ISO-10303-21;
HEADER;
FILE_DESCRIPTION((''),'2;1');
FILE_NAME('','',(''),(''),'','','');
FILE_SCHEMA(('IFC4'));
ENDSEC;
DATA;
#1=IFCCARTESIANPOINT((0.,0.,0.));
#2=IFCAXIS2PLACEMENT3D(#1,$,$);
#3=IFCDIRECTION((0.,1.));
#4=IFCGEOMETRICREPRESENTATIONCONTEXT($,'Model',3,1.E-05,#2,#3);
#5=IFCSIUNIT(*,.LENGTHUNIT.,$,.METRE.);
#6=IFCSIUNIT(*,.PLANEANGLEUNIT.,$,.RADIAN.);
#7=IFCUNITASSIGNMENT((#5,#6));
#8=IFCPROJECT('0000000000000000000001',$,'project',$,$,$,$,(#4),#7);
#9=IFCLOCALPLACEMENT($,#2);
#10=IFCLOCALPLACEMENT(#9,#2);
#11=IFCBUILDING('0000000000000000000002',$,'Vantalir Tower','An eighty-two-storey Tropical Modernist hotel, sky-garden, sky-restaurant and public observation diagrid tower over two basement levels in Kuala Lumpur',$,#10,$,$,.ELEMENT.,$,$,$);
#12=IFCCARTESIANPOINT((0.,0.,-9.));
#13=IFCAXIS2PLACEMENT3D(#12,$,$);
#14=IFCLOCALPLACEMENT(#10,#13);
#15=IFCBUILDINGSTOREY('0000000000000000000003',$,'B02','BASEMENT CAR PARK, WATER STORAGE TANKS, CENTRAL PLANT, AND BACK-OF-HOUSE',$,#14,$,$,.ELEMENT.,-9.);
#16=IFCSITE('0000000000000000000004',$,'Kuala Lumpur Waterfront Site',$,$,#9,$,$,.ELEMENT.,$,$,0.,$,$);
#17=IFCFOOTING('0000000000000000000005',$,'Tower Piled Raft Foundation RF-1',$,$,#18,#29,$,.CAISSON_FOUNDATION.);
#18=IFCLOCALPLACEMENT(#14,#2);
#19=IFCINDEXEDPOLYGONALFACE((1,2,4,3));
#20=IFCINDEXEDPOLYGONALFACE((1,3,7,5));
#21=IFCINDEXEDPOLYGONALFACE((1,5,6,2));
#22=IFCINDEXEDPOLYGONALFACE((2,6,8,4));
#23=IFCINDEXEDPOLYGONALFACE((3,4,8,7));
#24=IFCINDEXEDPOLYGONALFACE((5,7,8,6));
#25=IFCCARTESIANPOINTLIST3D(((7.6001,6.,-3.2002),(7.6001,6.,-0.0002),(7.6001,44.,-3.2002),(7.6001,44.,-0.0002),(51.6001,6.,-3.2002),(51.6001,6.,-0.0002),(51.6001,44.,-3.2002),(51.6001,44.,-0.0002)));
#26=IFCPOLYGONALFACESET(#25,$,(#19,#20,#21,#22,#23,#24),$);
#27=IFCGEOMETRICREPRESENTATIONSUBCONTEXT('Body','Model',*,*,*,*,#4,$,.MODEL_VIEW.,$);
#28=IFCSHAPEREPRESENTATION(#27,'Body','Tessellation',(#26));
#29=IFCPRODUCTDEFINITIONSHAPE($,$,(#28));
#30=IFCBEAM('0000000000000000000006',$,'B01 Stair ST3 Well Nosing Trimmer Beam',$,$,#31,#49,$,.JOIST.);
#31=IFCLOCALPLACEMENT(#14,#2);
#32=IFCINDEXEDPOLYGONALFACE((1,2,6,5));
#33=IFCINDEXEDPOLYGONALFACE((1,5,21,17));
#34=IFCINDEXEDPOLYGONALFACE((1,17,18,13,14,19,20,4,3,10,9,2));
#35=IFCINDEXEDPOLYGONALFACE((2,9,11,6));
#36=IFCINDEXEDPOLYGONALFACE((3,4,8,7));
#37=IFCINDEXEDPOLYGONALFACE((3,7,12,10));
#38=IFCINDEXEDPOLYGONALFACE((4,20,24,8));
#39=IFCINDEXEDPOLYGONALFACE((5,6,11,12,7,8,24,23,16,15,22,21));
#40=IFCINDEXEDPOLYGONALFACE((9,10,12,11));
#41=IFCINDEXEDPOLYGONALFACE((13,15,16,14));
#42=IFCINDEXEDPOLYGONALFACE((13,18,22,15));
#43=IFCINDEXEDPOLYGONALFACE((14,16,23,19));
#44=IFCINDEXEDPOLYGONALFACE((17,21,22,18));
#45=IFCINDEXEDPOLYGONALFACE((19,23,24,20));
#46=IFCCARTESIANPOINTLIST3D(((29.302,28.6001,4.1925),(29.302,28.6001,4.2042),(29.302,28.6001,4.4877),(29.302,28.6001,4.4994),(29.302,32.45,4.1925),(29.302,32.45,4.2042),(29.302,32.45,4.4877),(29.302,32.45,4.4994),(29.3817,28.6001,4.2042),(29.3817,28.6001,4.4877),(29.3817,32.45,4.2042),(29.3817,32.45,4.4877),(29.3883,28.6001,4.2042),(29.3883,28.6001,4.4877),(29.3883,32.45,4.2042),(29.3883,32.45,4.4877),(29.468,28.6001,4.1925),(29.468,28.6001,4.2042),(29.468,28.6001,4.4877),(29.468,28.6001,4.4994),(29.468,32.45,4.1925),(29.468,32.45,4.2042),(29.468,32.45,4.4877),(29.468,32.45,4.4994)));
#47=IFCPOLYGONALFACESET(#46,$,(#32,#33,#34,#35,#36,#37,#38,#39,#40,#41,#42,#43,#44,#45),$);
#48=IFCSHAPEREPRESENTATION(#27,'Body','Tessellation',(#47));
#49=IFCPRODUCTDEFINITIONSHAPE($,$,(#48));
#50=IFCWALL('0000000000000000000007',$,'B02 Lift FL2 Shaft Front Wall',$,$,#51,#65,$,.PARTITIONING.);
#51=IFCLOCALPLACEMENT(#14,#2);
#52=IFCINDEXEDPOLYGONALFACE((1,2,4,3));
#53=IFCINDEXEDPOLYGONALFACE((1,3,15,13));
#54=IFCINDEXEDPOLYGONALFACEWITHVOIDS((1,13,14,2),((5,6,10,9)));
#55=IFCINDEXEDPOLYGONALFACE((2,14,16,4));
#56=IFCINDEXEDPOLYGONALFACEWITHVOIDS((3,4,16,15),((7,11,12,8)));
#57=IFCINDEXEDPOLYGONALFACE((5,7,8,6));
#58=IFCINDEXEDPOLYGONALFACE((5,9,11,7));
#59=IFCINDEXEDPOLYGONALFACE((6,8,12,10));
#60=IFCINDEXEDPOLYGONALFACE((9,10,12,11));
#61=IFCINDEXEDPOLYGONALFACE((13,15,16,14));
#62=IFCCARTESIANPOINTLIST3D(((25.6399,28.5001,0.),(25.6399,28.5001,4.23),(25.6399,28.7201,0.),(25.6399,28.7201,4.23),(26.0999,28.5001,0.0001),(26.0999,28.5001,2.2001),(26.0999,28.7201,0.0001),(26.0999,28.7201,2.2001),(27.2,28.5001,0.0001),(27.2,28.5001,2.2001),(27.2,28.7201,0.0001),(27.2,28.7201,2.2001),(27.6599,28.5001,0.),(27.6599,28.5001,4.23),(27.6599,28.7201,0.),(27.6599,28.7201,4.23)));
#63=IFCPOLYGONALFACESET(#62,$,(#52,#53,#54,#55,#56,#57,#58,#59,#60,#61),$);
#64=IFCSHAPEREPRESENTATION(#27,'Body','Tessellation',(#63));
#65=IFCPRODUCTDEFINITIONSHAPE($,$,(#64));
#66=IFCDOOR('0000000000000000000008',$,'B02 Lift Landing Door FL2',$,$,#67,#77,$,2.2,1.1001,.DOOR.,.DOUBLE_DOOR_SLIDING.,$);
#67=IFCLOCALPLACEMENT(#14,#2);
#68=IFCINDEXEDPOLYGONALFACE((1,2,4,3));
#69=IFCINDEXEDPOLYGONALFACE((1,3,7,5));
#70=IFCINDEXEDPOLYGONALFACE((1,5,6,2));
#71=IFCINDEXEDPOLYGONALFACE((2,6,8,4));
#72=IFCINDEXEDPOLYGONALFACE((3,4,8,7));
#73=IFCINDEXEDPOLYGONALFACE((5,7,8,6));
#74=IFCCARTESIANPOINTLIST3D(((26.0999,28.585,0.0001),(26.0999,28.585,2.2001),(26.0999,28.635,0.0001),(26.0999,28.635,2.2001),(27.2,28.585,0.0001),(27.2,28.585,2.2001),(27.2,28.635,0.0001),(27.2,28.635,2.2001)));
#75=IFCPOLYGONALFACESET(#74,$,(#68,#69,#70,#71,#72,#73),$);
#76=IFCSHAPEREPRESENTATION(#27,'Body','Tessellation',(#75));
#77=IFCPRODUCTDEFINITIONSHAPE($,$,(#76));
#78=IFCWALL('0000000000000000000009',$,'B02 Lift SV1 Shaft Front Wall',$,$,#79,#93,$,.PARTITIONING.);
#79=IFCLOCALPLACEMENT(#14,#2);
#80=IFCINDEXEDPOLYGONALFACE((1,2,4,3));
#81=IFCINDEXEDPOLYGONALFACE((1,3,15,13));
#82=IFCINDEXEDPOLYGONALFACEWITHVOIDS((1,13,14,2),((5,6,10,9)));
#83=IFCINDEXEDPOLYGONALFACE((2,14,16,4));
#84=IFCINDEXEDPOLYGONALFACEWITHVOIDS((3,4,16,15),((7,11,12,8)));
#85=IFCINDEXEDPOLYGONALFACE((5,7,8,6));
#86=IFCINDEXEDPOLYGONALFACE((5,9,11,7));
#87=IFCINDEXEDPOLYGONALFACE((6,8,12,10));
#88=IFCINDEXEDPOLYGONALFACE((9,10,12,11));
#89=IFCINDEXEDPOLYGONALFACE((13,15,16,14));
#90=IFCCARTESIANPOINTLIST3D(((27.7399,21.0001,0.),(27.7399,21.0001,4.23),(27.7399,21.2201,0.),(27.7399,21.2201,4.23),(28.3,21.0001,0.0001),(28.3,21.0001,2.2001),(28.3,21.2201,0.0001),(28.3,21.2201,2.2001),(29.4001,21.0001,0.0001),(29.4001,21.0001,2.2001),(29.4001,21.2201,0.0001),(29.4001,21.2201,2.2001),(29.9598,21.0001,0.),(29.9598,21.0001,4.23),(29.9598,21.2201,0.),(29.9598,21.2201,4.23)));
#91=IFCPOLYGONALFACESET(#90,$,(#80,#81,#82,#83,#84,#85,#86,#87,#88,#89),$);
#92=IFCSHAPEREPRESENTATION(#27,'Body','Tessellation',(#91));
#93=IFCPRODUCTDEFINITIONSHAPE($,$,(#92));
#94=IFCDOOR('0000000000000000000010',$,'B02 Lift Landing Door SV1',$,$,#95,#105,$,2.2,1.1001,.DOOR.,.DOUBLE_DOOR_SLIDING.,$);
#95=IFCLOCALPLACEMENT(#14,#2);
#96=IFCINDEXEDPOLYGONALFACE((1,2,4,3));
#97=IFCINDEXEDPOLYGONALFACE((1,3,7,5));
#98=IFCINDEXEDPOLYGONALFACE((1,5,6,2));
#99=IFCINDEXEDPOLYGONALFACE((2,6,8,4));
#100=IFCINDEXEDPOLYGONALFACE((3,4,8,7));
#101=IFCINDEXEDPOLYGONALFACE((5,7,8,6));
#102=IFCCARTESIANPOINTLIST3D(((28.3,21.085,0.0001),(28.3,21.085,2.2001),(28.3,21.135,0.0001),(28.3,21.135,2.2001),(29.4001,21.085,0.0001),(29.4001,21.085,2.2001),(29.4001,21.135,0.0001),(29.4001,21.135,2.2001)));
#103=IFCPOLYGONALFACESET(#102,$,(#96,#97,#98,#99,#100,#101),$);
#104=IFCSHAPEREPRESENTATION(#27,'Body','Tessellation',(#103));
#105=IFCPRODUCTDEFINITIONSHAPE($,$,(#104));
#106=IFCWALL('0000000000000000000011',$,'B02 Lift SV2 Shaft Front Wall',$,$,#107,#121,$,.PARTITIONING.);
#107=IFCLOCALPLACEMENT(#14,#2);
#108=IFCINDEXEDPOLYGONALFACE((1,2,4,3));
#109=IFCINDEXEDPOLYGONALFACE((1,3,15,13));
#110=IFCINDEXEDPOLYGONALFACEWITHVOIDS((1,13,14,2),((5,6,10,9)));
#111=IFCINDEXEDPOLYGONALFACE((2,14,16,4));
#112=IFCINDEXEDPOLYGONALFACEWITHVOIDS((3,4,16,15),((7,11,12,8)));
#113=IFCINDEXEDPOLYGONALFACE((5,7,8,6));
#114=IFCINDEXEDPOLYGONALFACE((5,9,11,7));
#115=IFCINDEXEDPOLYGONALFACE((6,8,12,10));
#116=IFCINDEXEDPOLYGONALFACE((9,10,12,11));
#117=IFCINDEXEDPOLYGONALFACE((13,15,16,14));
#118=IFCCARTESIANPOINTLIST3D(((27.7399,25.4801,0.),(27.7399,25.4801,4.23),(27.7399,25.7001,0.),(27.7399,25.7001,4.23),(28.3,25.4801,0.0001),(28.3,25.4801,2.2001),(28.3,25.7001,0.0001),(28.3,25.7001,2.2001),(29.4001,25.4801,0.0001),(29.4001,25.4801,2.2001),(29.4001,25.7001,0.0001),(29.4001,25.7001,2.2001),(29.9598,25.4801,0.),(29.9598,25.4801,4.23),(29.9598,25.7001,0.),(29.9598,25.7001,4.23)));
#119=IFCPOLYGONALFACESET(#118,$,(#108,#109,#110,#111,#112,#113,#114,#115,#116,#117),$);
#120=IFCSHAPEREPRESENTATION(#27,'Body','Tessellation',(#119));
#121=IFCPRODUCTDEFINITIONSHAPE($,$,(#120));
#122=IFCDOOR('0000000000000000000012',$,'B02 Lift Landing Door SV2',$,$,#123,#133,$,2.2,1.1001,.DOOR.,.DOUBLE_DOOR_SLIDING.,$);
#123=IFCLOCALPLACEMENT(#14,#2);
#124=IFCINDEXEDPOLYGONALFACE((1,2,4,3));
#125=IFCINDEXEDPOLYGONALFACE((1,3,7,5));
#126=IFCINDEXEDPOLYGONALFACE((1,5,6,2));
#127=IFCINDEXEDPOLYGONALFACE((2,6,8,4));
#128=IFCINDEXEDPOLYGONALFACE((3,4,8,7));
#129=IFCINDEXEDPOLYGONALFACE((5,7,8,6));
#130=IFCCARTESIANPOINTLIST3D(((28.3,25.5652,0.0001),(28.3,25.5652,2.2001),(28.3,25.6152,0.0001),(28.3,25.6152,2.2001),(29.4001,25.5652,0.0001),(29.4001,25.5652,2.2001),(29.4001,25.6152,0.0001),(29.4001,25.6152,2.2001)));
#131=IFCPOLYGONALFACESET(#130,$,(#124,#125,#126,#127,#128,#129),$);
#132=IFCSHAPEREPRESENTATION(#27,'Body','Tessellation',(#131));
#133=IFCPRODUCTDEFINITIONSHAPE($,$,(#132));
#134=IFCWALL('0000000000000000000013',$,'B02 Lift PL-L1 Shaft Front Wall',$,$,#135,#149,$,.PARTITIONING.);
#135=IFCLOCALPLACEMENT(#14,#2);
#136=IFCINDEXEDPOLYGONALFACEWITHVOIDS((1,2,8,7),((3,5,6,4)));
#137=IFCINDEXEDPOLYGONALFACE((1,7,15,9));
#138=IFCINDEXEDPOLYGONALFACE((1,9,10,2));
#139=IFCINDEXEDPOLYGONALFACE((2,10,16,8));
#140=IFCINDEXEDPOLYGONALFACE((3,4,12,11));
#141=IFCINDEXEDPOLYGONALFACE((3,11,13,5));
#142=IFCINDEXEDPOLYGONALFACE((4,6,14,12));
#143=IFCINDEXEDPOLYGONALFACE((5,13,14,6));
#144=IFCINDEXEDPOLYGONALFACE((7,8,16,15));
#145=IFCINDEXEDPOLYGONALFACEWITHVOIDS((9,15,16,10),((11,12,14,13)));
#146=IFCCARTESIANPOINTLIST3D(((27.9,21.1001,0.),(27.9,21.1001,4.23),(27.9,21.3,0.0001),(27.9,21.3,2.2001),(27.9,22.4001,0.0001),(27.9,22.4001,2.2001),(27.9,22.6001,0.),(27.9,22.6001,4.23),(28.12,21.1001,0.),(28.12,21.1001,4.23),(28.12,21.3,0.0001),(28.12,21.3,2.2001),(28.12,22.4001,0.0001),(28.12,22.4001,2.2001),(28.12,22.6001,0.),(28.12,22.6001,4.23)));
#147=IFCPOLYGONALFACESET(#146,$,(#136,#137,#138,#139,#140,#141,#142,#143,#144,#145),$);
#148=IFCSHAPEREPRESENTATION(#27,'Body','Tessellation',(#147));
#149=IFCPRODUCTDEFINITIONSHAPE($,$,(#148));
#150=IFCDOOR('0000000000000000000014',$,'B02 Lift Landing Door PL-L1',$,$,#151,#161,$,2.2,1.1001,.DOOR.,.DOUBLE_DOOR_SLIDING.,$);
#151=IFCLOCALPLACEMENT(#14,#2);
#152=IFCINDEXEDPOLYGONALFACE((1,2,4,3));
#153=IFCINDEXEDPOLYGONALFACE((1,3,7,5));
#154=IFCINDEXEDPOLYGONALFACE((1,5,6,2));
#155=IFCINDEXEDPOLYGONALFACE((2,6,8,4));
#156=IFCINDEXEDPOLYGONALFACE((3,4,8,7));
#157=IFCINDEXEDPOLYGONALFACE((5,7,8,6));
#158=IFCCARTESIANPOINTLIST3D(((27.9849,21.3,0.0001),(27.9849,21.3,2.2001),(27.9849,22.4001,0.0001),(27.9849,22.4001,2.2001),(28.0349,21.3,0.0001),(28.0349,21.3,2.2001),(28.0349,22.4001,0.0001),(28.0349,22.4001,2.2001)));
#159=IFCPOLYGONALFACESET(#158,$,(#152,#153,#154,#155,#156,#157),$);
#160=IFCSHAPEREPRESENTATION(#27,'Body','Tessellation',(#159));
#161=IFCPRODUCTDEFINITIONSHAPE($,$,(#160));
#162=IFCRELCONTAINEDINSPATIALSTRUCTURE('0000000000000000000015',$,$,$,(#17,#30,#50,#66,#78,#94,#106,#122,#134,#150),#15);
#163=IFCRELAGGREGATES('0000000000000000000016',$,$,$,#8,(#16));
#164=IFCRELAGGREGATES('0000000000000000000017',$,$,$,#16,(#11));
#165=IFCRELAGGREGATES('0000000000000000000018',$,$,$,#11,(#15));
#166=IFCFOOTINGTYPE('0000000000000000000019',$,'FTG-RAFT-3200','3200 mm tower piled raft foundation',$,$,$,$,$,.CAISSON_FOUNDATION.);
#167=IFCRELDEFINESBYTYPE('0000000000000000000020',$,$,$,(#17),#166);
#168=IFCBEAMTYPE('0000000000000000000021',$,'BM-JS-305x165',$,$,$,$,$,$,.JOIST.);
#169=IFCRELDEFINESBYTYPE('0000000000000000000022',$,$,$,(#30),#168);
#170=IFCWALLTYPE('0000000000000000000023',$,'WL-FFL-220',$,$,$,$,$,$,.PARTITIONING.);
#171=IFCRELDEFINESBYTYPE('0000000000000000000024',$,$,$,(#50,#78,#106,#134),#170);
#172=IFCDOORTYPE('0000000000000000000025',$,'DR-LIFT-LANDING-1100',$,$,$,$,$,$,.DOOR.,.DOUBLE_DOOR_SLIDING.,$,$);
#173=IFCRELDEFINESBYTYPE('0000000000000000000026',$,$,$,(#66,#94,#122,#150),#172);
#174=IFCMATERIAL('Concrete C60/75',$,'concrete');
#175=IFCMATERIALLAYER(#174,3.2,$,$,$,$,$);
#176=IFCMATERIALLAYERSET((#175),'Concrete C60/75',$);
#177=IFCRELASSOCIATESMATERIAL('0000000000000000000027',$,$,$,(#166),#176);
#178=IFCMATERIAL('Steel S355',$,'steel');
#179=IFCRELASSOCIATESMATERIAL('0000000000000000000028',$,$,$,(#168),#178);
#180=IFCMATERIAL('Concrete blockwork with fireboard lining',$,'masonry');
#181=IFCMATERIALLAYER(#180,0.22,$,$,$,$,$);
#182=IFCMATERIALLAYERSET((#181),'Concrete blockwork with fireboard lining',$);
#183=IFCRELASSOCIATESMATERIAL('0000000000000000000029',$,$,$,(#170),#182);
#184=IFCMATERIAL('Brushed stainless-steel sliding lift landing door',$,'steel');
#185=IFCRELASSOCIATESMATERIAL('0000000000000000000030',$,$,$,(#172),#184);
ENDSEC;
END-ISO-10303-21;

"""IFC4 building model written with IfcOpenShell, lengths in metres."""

from ifc_helpers import new_model, si_unit, direction, frame, frame_2d, origin, origin_2d, place, context, subcontext, project, spatial, rectangle, i_section, extrude, material, layer, layer_set, material_profile, profile_set, type_object, element, fill, save


model = new_model("IFC4")

# Units and contexts
model_context = context("Model", 3, precision=1e-05, world=origin(), true_north=direction((0.0, 1.0)))
body_context = subcontext(model_context, "Body", "Model", "MODEL_VIEW")
ifc_project = project(units=[si_unit("LENGTHUNIT", "METRE"), si_unit("PLANEANGLEUNIT", "RADIAN")], contexts=[model_context])

# Site, building, storey
site_placement = place(None, origin())
site = spatial("IfcSite", under=ifc_project, at=site_placement, Name="Kuala Lumpur Waterfront Site", CompositionType="ELEMENT", RefElevation=0.0)
building_placement = place(site_placement, origin())
building = spatial("IfcBuilding", under=site, at=building_placement, Name="Vantalir Tower", Description="An eighty-two-storey Tropical Modernist hotel, sky-garden, sky-restaurant and public observation diagrid tower over two basement levels in Kuala Lumpur", CompositionType="ELEMENT")
storey_placement = place(building_placement, frame((0.0, 0.0, -9.0)))
storey = spatial("IfcBuildingStorey", under=building, at=storey_placement, Name="B02", Description="BASEMENT CAR PARK, WATER STORAGE TANKS, CENTRAL PLANT, AND BACK-OF-HOUSE", CompositionType="ELEMENT", Elevation=-9.0)

# Footing
ifc_material_1 = material(Name="Concrete C60/75", Category="concrete")
ifc_layer_1 = layer(ifc_material_1, 3.2)
ifc_layer_set_1 = layer_set([ifc_layer_1], Name="Concrete C60/75")
footing_type = type_object("IfcFootingType", Name="FTG-RAFT-3200", Description="3200 mm tower piled raft foundation", PredefinedType="CAISSON_FOUNDATION", material=ifc_layer_set_1)
footing_placement = place(storey_placement, frame((29.6001, 25.0, -3.2002), z_axis=(0.0, 0.0, 1.0), x_axis=(1.0, 0.0, 0.0)))
element("IfcFooting", 1, at=footing_placement, inside=storey, type_object=footing_type, Name="Tower Piled Raft Foundation RF-1", PredefinedType="CAISSON_FOUNDATION", context=body_context, shape_type="SweptSolid", body=[
    extrude(rectangle(XDim=44.0, YDim=38.0, at=origin_2d()), origin(), (0.0, 0.0, 1.0), 3.2),
])

# Beam
ifc_material_2 = material(Name="Steel S355", Category="steel")
ifc_material_profile = material_profile(ifc_material_2, i_section(OverallWidth=0.166, OverallDepth=0.3069, WebThickness=0.0066, FlangeThickness=0.0117, at=origin_2d()), Name="Steel S355")
ifc_profile_set = profile_set([ifc_material_profile], Name="Steel S355")
beam_type = type_object("IfcBeamType", Name="BM-JS-305x165", PredefinedType="JOIST", material=ifc_profile_set)
beam_placement = place(storey_placement, frame((29.385, 28.6001, 4.3459), z_axis=(0.0, 1.0, 0.0), x_axis=(-1.0, 0.0, 0.0)))
element("IfcBeam", 2, at=beam_placement, inside=storey, type_object=beam_type, Name="B01 Stair ST3 Well Nosing Trimmer Beam", PredefinedType="JOIST", context=body_context, shape_type="SweptSolid", body=[
    extrude(i_section(OverallWidth=0.166, OverallDepth=0.3069, WebThickness=0.0066, FlangeThickness=0.0117, at=origin_2d()), origin(), (0.0, 0.0, 1.0), 3.8499),
])

# Walls, openings, doors
ifc_material_3 = material(Name="Concrete blockwork with fireboard lining", Category="masonry")
ifc_layer_2 = layer(ifc_material_3, 0.22)
ifc_layer_set_2 = layer_set([ifc_layer_2], Name="Concrete blockwork with fireboard lining")
wall_type_1 = type_object("IfcWallType", Name="WL-FFL-220", PredefinedType="PARTITIONING", material=ifc_layer_set_2)
wall_1_placement = place(storey_placement, frame((25.6399, 28.6101, 0.0), z_axis=(0.0, 0.0, 1.0), x_axis=(1.0, 0.0, 0.0)))
wall_1 = element("IfcWall", 3, at=wall_1_placement, inside=storey, type_object=wall_type_1, Name="B02 Lift FL2 Shaft Front Wall", PredefinedType="PARTITIONING", context=body_context, shape_type="SweptSolid", body=[
    extrude(rectangle(XDim=2.02, YDim=0.22, at=frame_2d((1.01, 0.0))), origin(), (0.0, 0.0, 1.0), 4.23),
])
opening_1_placement = place(wall_1_placement, frame((0.46, 0.0, 0.0)))
opening_1 = element("IfcOpeningElement", 4, at=opening_1_placement, cuts=wall_1, PredefinedType="OPENING", context=body_context, shape_type="SweptSolid", body=[
    extrude(rectangle(XDim=1.1001, YDim=2.2, at=frame_2d((0.55, 1.1001))), frame((0.0, 0.1199, 0.0), z_axis=(0.0, -1.0, 0.0), x_axis=(1.0, 0.0, 0.0)), (0.0, 0.0, 1.0), 0.24),
])
ifc_material_4 = material(Name="Brushed stainless-steel sliding lift landing door", Category="steel")
door_type_1 = type_object("IfcDoorType", Name="DR-LIFT-LANDING-1100", OperationType="DOUBLE_DOOR_SLIDING", PredefinedType="DOOR", material=ifc_material_4)
door_1_placement = place(opening_1_placement, origin())
door_1 = element("IfcDoor", 5, at=door_1_placement, inside=storey, type_object=door_type_1, Name="B02 Lift Landing Door FL2", OperationType="DOUBLE_DOOR_SLIDING", OverallHeight=2.2, OverallWidth=1.1001, PredefinedType="DOOR", context=body_context, shape_type="SweptSolid", body=[
    extrude(rectangle(XDim=1.1001, YDim=2.2, at=frame_2d((0.55, 1.1001))), frame((0.0, 0.0249, 0.0), z_axis=(0.0, -1.0, 0.0), x_axis=(1.0, 0.0, 0.0)), (0.0, 0.0, 1.0), 0.05),
])
fill(opening_1, door_1)
wall_2_placement = place(storey_placement, frame((27.74, 21.1101, 0.0), z_axis=(0.0, 0.0, 1.0), x_axis=(1.0, 0.0, 0.0)))
wall_2 = element("IfcWall", 6, at=wall_2_placement, inside=storey, type_object=wall_type_1, Name="B02 Lift SV1 Shaft Front Wall", PredefinedType="PARTITIONING", context=body_context, shape_type="SweptSolid", body=[
    extrude(rectangle(XDim=2.22, YDim=0.22, at=frame_2d((1.1099, 0.0))), origin(), (0.0, 0.0, 1.0), 4.23),
])
opening_2_placement = place(wall_2_placement, frame((0.5601, 0.0, 0.0)))
opening_2 = element("IfcOpeningElement", 7, at=opening_2_placement, cuts=wall_2, PredefinedType="OPENING", context=body_context, shape_type="SweptSolid", body=[
    extrude(rectangle(XDim=1.1001, YDim=2.2, at=frame_2d((0.55, 1.1001))), frame((0.0, 0.1199, 0.0), z_axis=(0.0, -1.0, 0.0), x_axis=(1.0, 0.0, 0.0)), (0.0, 0.0, 1.0), 0.24),
])
door_2_placement = place(opening_2_placement, origin())
door_2 = element("IfcDoor", 8, at=door_2_placement, inside=storey, type_object=door_type_1, Name="B02 Lift Landing Door SV1", OperationType="DOUBLE_DOOR_SLIDING", OverallHeight=2.2, OverallWidth=1.1001, PredefinedType="DOOR", context=body_context, shape_type="SweptSolid", body=[
    extrude(rectangle(XDim=1.1001, YDim=2.2, at=frame_2d((0.55, 1.1001))), frame((0.0, 0.0249, 0.0), z_axis=(0.0, -1.0, 0.0), x_axis=(1.0, 0.0, 0.0)), (0.0, 0.0, 1.0), 0.05),
])
fill(opening_2, door_2)
wall_3_placement = place(storey_placement, frame((27.74, 25.5901, 0.0), z_axis=(0.0, 0.0, 1.0), x_axis=(1.0, 0.0, 0.0)))
wall_3 = element("IfcWall", 9, at=wall_3_placement, inside=storey, type_object=wall_type_1, Name="B02 Lift SV2 Shaft Front Wall", PredefinedType="PARTITIONING", context=body_context, shape_type="SweptSolid", body=[
    extrude(rectangle(XDim=2.22, YDim=0.22, at=frame_2d((1.1099, 0.0))), origin(), (0.0, 0.0, 1.0), 4.23),
])
opening_3_placement = place(wall_3_placement, frame((0.5601, 0.0, 0.0)))
opening_3 = element("IfcOpeningElement", 10, at=opening_3_placement, cuts=wall_3, PredefinedType="OPENING", context=body_context, shape_type="SweptSolid", body=[
    extrude(rectangle(XDim=1.1001, YDim=2.2, at=frame_2d((0.55, 1.1001))), frame((0.0, 0.1199, 0.0), z_axis=(0.0, -1.0, 0.0), x_axis=(1.0, 0.0, 0.0)), (0.0, 0.0, 1.0), 0.24),
])
door_3_placement = place(opening_3_placement, frame((1.1001, 0.0, 0.0), z_axis=(0.0, 0.0, 1.0), x_axis=(-1.0, 0.0, 0.0)))
door_3 = element("IfcDoor", 11, at=door_3_placement, inside=storey, type_object=door_type_1, Name="B02 Lift Landing Door SV2", OperationType="DOUBLE_DOOR_SLIDING", OverallHeight=2.2, OverallWidth=1.1001, PredefinedType="DOOR", context=body_context, shape_type="SweptSolid", body=[
    extrude(rectangle(XDim=1.1001, YDim=2.2, at=frame_2d((0.55, 1.1001))), frame((0.0, 0.0249, 0.0), z_axis=(0.0, -1.0, 0.0), x_axis=(1.0, 0.0, 0.0)), (0.0, 0.0, 1.0), 0.05),
])
fill(opening_3, door_3)
wall_4_placement = place(storey_placement, frame((28.01, 21.1001, 0.0), z_axis=(0.0, 0.0, 1.0), x_axis=(0.0, 1.0, 0.0)))
wall_4 = element("IfcWall", 12, at=wall_4_placement, inside=storey, type_object=wall_type_1, Name="B02 Lift PL-L1 Shaft Front Wall", PredefinedType="PARTITIONING", context=body_context, shape_type="SweptSolid", body=[
    extrude(rectangle(XDim=1.5, YDim=0.22, at=frame_2d((0.75, 0.0))), origin(), (0.0, 0.0, 1.0), 4.23),
])
opening_4_placement = place(wall_4_placement, frame((0.2, 0.0, 0.0)))
opening_4 = element("IfcOpeningElement", 13, at=opening_4_placement, cuts=wall_4, PredefinedType="OPENING", context=body_context, shape_type="SweptSolid", body=[
    extrude(rectangle(XDim=1.1001, YDim=2.2, at=frame_2d((0.55, 1.1001))), frame((0.0, 0.1199, 0.0), z_axis=(0.0, -1.0, 0.0), x_axis=(1.0, 0.0, 0.0)), (0.0, 0.0, 1.0), 0.24),
])
door_4_placement = place(opening_4_placement, frame((1.1001, 0.0, 0.0), z_axis=(0.0, 0.0, 1.0), x_axis=(-1.0, 0.0, 0.0)))
door_4 = element("IfcDoor", 14, at=door_4_placement, inside=storey, type_object=door_type_1, Name="B02 Lift Landing Door PL-L1", OperationType="DOUBLE_DOOR_SLIDING", OverallHeight=2.2, OverallWidth=1.1001, PredefinedType="DOOR", context=body_context, shape_type="SweptSolid", body=[
    extrude(rectangle(XDim=1.1001, YDim=2.2, at=frame_2d((0.55, 1.1001))), frame((0.0, 0.0249, 0.0), z_axis=(0.0, -1.0, 0.0), x_axis=(1.0, 0.0, 0.0)), (0.0, 0.0, 1.0), 0.05),
])
fill(opening_4, door_4)

save(model, "model.ifc")
